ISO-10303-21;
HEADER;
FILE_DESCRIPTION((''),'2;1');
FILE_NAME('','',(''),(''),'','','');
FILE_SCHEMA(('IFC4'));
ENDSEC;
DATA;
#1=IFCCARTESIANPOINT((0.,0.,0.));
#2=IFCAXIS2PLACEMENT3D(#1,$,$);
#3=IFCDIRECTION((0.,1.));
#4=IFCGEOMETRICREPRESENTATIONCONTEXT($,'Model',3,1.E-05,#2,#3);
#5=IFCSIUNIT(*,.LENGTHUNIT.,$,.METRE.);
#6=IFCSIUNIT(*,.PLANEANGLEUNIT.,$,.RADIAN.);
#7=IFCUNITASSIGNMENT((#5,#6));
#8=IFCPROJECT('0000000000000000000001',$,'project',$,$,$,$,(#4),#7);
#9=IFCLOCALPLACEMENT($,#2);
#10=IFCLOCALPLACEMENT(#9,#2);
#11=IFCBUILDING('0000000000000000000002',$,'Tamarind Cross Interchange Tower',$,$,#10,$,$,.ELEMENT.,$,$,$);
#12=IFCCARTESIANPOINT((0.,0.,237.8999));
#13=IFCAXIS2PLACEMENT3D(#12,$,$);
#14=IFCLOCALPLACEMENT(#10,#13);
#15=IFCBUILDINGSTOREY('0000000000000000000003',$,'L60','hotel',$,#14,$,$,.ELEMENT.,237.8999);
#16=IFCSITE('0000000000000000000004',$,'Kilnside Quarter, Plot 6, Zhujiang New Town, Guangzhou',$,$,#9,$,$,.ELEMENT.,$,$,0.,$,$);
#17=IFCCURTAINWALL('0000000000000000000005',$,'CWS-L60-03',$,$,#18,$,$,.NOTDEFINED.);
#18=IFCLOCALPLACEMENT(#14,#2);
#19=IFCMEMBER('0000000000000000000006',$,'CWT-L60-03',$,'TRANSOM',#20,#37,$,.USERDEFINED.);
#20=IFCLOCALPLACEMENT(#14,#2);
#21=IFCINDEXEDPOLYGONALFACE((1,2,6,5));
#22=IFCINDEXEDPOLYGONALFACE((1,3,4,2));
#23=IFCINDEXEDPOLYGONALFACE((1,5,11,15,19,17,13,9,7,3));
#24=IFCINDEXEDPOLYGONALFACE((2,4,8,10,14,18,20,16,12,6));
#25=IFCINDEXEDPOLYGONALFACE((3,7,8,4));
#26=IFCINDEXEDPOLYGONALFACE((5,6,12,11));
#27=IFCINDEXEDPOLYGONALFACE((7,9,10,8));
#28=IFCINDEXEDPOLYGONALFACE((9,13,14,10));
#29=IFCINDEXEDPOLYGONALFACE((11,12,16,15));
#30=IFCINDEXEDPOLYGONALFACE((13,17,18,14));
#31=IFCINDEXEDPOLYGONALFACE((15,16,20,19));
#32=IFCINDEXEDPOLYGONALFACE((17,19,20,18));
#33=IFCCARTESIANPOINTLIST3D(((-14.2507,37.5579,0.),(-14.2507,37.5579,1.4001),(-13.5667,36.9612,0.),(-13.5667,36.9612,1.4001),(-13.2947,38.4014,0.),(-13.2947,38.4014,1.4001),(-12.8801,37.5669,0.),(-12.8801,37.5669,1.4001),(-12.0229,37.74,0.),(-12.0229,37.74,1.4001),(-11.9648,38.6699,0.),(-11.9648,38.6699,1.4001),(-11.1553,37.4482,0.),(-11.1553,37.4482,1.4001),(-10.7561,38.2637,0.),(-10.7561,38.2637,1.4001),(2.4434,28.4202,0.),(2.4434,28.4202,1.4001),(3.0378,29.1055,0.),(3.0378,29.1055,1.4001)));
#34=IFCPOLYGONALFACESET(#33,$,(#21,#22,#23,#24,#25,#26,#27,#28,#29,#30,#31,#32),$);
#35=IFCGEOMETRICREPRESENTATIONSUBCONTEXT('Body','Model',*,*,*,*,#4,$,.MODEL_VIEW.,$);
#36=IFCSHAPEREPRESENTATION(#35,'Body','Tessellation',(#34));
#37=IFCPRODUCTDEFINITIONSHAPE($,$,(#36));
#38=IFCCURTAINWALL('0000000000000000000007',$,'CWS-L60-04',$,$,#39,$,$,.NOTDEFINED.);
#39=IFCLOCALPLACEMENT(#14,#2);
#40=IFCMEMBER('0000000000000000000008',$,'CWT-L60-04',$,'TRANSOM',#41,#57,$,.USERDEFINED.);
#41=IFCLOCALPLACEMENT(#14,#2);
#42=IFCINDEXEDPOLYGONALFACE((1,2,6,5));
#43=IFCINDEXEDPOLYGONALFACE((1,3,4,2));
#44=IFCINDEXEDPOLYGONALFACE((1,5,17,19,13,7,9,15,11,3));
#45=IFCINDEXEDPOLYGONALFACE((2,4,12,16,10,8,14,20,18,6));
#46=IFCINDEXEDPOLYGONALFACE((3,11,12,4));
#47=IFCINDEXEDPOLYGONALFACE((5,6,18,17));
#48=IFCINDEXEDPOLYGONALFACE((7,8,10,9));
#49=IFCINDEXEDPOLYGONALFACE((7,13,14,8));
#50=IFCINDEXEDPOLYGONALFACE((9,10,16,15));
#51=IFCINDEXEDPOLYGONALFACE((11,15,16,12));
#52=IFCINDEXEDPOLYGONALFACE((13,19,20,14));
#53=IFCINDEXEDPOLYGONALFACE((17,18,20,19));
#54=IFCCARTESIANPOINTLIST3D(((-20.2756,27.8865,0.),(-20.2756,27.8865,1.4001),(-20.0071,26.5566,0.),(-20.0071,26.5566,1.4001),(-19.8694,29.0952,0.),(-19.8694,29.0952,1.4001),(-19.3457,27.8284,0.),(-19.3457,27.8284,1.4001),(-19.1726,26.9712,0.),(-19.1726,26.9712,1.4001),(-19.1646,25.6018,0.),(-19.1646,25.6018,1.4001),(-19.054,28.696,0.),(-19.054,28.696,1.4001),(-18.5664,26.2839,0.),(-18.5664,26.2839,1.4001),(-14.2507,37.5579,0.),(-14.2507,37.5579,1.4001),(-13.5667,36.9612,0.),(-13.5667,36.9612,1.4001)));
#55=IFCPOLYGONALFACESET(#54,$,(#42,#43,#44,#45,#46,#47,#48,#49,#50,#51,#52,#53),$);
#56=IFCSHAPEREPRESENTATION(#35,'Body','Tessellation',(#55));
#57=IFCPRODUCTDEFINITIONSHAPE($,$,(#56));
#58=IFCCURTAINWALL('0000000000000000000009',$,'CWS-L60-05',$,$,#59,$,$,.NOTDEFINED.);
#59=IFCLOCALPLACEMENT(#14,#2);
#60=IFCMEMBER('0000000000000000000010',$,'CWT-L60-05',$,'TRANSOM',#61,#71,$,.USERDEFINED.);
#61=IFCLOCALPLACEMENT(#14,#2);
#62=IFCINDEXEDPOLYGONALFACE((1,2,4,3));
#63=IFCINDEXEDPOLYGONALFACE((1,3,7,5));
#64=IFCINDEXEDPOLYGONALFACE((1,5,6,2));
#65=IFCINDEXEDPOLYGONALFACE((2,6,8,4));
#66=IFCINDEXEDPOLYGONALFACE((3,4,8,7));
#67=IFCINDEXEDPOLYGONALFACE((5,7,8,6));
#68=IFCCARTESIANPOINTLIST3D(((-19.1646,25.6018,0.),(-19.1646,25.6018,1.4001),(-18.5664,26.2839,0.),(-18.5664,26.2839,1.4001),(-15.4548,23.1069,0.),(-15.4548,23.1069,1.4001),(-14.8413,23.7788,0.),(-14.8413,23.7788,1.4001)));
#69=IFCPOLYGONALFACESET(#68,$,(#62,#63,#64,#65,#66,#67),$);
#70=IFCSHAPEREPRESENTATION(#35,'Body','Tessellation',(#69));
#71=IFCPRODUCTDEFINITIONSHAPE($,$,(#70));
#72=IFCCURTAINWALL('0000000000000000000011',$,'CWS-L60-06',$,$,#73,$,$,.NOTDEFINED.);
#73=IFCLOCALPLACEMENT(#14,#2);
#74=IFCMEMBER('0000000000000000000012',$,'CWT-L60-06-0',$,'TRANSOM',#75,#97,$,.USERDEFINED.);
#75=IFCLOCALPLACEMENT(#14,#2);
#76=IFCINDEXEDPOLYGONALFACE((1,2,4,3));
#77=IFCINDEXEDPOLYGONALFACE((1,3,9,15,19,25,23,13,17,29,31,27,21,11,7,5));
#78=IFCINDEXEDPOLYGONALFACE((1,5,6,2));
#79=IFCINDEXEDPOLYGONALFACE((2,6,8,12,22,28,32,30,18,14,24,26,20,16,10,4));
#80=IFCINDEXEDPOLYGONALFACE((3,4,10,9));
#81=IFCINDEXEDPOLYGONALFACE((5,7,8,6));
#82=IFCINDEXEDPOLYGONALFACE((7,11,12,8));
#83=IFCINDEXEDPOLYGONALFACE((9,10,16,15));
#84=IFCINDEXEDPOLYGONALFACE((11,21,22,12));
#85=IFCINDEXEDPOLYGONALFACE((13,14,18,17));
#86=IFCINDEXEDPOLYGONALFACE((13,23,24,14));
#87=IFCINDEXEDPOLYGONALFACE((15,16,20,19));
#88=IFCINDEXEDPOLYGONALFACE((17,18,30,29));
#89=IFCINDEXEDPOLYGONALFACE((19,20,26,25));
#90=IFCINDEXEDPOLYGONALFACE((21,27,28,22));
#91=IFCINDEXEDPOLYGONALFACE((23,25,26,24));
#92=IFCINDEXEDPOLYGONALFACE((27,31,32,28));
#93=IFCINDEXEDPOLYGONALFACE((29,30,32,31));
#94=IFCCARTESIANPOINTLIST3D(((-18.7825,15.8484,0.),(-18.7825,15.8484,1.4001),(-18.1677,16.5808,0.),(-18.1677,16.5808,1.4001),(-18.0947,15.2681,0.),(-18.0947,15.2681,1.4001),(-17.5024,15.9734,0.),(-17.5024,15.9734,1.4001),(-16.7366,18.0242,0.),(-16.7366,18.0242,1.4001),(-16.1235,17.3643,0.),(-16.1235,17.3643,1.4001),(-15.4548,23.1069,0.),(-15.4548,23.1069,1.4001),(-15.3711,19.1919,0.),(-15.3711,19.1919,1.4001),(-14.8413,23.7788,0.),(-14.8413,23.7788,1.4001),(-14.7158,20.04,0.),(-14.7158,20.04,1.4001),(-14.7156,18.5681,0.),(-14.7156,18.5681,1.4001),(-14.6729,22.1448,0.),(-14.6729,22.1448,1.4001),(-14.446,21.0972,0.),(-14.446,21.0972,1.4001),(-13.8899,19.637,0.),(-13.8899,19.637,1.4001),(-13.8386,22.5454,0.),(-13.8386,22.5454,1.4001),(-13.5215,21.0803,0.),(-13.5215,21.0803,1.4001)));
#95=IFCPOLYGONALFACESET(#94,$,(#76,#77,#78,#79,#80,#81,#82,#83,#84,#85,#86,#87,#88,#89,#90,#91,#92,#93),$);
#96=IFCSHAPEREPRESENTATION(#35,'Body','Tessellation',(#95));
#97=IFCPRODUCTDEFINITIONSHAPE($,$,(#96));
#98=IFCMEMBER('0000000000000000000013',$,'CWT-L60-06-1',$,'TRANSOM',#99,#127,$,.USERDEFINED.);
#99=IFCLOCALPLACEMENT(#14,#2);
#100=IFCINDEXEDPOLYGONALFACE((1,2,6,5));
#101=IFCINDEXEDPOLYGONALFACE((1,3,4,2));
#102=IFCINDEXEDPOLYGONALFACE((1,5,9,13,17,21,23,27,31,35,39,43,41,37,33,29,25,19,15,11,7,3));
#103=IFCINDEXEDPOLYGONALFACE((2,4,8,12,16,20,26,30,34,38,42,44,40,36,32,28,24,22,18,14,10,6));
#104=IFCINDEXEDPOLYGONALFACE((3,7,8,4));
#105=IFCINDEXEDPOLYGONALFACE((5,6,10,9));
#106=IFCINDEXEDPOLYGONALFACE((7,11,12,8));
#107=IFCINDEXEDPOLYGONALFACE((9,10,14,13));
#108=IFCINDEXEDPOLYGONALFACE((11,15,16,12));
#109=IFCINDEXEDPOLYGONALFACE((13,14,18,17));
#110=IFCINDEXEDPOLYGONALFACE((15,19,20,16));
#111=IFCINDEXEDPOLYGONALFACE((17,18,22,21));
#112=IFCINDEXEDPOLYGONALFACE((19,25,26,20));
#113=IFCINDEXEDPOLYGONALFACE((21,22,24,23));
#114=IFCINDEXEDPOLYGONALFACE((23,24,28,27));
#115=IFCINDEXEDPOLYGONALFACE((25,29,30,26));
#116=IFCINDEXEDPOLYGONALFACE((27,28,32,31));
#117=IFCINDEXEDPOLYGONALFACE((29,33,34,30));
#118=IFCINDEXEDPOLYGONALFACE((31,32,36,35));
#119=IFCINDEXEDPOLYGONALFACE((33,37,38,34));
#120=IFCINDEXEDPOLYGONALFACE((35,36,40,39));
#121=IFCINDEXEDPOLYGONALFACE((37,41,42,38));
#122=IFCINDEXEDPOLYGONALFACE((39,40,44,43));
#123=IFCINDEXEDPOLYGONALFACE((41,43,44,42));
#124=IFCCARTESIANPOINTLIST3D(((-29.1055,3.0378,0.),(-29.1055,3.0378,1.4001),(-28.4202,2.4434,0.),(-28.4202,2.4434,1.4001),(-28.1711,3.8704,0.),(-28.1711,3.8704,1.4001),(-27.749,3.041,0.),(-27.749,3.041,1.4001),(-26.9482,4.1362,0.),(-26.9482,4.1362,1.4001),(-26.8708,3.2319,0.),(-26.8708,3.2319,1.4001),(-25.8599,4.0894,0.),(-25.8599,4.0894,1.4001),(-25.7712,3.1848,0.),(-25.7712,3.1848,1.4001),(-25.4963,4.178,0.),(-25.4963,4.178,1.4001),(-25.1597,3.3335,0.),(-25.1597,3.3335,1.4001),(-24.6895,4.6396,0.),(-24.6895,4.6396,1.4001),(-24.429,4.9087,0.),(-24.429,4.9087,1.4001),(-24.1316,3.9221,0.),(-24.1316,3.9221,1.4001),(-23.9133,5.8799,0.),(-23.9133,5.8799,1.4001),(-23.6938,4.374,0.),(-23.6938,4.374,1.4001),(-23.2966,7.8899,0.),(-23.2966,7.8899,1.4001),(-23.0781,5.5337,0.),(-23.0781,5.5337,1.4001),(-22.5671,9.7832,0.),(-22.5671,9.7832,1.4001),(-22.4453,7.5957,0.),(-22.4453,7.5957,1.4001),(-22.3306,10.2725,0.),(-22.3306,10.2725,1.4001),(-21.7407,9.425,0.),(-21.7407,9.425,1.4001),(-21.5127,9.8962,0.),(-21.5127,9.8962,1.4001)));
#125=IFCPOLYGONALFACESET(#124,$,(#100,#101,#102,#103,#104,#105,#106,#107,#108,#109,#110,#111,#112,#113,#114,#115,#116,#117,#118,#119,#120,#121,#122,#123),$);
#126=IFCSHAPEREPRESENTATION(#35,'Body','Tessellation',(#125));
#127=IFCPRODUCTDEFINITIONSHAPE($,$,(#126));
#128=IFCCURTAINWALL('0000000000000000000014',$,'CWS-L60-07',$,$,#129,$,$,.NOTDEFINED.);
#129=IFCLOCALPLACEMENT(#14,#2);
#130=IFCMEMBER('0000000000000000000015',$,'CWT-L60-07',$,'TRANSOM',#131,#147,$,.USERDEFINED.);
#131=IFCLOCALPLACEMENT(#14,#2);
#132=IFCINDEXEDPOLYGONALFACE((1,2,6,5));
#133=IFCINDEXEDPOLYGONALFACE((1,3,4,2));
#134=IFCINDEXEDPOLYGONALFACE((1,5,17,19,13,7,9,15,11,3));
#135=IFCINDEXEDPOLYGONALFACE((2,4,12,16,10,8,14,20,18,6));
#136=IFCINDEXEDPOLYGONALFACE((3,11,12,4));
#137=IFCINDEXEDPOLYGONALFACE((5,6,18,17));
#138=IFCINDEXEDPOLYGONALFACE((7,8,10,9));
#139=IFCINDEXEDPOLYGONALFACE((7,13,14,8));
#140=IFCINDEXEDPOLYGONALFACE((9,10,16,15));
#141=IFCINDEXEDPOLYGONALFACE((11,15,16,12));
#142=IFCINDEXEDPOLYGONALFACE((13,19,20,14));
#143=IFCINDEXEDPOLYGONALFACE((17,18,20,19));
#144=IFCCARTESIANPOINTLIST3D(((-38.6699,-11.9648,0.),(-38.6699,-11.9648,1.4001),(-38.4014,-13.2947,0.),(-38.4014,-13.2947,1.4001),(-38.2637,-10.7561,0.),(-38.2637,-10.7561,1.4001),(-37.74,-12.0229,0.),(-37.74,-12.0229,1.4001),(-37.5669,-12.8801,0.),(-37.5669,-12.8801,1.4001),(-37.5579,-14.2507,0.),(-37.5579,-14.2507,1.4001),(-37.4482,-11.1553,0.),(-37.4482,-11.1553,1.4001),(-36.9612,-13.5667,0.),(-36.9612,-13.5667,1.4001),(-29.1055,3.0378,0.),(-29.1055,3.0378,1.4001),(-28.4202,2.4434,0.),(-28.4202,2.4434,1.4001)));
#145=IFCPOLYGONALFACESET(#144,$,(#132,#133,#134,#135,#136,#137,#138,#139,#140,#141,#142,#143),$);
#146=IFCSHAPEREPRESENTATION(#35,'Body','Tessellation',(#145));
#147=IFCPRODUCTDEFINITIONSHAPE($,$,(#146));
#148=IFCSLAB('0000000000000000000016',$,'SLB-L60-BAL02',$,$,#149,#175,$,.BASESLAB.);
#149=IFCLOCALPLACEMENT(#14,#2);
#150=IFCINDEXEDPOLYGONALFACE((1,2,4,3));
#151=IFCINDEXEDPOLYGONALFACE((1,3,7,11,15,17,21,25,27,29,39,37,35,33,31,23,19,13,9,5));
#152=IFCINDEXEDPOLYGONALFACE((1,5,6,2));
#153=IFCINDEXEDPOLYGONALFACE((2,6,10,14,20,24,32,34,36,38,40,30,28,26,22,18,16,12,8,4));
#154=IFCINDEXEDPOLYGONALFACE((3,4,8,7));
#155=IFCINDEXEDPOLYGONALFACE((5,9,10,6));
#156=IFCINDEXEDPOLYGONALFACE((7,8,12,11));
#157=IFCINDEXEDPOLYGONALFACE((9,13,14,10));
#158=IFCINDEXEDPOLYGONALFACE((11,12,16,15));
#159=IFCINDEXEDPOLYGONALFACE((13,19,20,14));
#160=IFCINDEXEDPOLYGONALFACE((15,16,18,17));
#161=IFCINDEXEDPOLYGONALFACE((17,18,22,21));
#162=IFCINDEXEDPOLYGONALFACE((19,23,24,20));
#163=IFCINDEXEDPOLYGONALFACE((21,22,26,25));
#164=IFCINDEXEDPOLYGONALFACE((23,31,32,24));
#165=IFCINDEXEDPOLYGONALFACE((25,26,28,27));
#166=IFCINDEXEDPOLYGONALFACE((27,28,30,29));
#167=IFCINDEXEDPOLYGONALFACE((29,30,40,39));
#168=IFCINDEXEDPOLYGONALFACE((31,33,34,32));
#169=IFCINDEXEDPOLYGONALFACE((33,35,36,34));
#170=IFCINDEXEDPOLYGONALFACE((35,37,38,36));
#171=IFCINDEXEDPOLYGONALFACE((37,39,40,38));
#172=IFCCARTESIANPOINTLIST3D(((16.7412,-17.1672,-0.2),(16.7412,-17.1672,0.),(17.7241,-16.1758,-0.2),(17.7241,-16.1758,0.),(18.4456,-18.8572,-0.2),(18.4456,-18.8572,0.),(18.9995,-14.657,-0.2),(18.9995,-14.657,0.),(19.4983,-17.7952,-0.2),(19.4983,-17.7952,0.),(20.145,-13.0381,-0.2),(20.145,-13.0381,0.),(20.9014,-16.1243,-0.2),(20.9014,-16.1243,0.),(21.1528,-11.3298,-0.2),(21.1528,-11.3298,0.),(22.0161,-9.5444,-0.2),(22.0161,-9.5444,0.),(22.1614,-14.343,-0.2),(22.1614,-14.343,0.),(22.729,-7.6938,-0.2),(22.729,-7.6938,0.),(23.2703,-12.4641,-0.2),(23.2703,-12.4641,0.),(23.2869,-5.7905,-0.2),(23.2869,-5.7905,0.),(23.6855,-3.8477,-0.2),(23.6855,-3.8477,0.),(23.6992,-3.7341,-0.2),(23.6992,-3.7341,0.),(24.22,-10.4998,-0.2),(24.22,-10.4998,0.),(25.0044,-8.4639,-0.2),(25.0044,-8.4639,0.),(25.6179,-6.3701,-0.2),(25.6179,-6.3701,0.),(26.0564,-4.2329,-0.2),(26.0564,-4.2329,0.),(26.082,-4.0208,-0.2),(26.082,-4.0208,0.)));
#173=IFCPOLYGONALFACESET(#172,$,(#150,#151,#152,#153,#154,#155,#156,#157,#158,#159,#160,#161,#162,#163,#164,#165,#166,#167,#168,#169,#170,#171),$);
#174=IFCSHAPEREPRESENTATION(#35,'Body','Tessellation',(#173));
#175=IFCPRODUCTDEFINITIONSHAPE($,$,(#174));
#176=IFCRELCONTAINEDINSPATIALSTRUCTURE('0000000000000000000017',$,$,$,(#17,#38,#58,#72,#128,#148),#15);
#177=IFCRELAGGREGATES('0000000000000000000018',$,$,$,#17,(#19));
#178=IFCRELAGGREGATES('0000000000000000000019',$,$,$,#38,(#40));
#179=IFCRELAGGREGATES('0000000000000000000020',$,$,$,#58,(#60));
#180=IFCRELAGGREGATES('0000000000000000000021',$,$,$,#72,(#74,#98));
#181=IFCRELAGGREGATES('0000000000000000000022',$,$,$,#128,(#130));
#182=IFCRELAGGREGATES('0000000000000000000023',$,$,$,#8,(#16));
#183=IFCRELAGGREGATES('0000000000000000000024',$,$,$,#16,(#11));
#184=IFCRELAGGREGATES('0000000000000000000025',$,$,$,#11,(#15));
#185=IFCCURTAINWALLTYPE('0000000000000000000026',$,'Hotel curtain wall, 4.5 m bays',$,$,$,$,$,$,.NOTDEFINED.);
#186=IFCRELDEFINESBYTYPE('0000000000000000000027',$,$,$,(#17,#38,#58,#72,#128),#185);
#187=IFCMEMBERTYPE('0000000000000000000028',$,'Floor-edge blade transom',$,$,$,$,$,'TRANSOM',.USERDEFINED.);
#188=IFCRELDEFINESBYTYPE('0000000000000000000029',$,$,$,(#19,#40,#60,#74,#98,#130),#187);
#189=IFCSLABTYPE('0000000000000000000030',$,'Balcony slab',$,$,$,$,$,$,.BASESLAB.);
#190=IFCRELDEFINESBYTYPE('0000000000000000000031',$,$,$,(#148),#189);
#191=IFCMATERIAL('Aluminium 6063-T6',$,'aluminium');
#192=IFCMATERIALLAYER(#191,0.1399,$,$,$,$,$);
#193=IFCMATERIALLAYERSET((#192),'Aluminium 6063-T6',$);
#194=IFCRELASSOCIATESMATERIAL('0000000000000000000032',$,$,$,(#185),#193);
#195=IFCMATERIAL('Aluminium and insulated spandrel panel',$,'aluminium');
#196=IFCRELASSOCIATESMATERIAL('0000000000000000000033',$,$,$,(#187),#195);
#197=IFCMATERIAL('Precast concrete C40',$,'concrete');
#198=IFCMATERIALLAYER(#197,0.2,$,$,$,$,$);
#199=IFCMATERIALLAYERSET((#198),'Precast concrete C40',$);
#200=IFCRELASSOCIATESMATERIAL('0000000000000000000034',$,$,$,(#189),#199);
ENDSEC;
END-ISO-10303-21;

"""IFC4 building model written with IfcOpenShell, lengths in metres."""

from ifc_helpers import new_model, si_unit, direction, frame, origin, place, context, subcontext, project, spatial, polyline, outline, extrude, material, layer, layer_set, type_object, element, aggregate, save


model = new_model("IFC4")

# Units and contexts
model_context = context("Model", 3, precision=1e-05, world=origin(), true_north=direction((0.0, 1.0)))
body_context = subcontext(model_context, "Body", "Model", "MODEL_VIEW")
ifc_project = project(units=[si_unit("LENGTHUNIT", "METRE"), si_unit("PLANEANGLEUNIT", "RADIAN")], contexts=[model_context])

# Site, building, storey
site_placement = place(None, origin())
site = spatial("IfcSite", under=ifc_project, at=site_placement, Name="Kilnside Quarter, Plot 6, Zhujiang New Town, Guangzhou", CompositionType="ELEMENT", RefElevation=0.0)
building_placement = place(site_placement, origin())
building = spatial("IfcBuilding", under=site, at=building_placement, Name="Tamarind Cross Interchange Tower", CompositionType="ELEMENT")
storey_placement = place(building_placement, frame((0.0, 0.0, 237.8999)))
storey = spatial("IfcBuildingStorey", under=building, at=storey_placement, Name="L60", Description="hotel", CompositionType="ELEMENT", Elevation=237.8999)

# Curtain walls, members
ifc_material_1 = material(Name="Aluminium 6063-T6", Category="aluminium")
ifc_layer_1 = layer(ifc_material_1, 0.1399)
ifc_layer_set_1 = layer_set([ifc_layer_1], Name="Aluminium 6063-T6")
curtain_wall_type = type_object("IfcCurtainWallType", Name="Hotel curtain wall, 4.5 m bays", PredefinedType="NOTDEFINED", material=ifc_layer_set_1)
curtain_wall_1_placement = place(storey_placement, origin())
curtain_wall_1 = element("IfcCurtainWall", 1, at=curtain_wall_1_placement, inside=storey, type_object=curtain_wall_type, Name="CWS-L60-03", PredefinedType="NOTDEFINED")
ifc_material_2 = material(Name="Aluminium and insulated spandrel panel", Category="aluminium")
member_type = type_object("IfcMemberType", Name="Floor-edge blade transom", ElementType="TRANSOM", PredefinedType="USERDEFINED", material=ifc_material_2)
member_1_placement = place(storey_placement, origin())
member_1 = element("IfcMember", 2, at=member_1_placement, type_object=member_type, Name="CWT-L60-03", ObjectType="TRANSOM", PredefinedType="USERDEFINED", context=body_context, shape_type="SweptSolid", body=[
    extrude(outline(polyline([(2.4434, 28.4202), (-11.1553, 37.4482), (-12.0229, 37.74), (-12.8801, 37.5669), (-13.5667, 36.9612), (-14.2507, 37.5579), (-13.2947, 38.4014), (-11.9648, 38.6699), (-10.7561, 38.2637), (3.0378, 29.1055), (2.4434, 28.4202)])), origin(), (0.0, 0.0, 1.0), 1.4001),
])
aggregate(curtain_wall_1, [member_1])
curtain_wall_2_placement = place(storey_placement, origin())
curtain_wall_2 = element("IfcCurtainWall", 3, at=curtain_wall_2_placement, inside=storey, type_object=curtain_wall_type, Name="CWS-L60-04", PredefinedType="NOTDEFINED")
member_2_placement = place(storey_placement, origin())
member_2 = element("IfcMember", 4, at=member_2_placement, type_object=member_type, Name="CWT-L60-04", ObjectType="TRANSOM", PredefinedType="USERDEFINED", context=body_context, shape_type="SweptSolid", body=[
    extrude(outline(polyline([(-13.5667, 36.9612), (-19.054, 28.696), (-19.3457, 27.8284), (-19.1726, 26.9712), (-18.5664, 26.2839), (-19.1646, 25.6018), (-20.0071, 26.5566), (-20.2756, 27.8865), (-19.8694, 29.0952), (-14.2507, 37.5579), (-13.5667, 36.9612)])), origin(), (0.0, 0.0, 1.0), 1.4001),
])
aggregate(curtain_wall_2, [member_2])
curtain_wall_3_placement = place(storey_placement, origin())
curtain_wall_3 = element("IfcCurtainWall", 5, at=curtain_wall_3_placement, inside=storey, type_object=curtain_wall_type, Name="CWS-L60-05", PredefinedType="NOTDEFINED")
member_3_placement = place(storey_placement, origin())
member_3 = element("IfcMember", 6, at=member_3_placement, type_object=member_type, Name="CWT-L60-05", ObjectType="TRANSOM", PredefinedType="USERDEFINED", context=body_context, shape_type="SweptSolid", body=[
    extrude(outline(polyline([(-18.5664, 26.2839), (-14.8413, 23.7788), (-15.4548, 23.1069), (-19.1646, 25.6018), (-18.5664, 26.2839)])), origin(), (0.0, 0.0, 1.0), 1.4001),
])
aggregate(curtain_wall_3, [member_3])

# Curtain wall, members
curtain_wall_4_placement = place(storey_placement, origin())
curtain_wall_4 = element("IfcCurtainWall", 7, at=curtain_wall_4_placement, inside=storey, type_object=curtain_wall_type, Name="CWS-L60-06", PredefinedType="NOTDEFINED")
member_4_placement = place(storey_placement, origin())
member_4 = element("IfcMember", 8, at=member_4_placement, type_object=member_type, Name="CWT-L60-06-0", ObjectType="TRANSOM", PredefinedType="USERDEFINED", context=body_context, shape_type="SweptSolid", body=[
    extrude(outline(polyline([(-14.8413, 23.7788), (-13.8386, 22.5454), (-13.5215, 21.0803), (-13.8899, 19.637), (-14.7156, 18.5681), (-16.1235, 17.3643), (-17.5024, 15.9734), (-18.0947, 15.2681), (-18.7825, 15.8484), (-18.1677, 16.5808), (-16.7366, 18.0242), (-15.3711, 19.1919), (-14.7158, 20.04), (-14.446, 21.0972), (-14.6729, 22.1448), (-15.4548, 23.1069), (-14.8413, 23.7788)])), origin(), (0.0, 0.0, 1.0), 1.4001),
])
member_5_placement = place(storey_placement, origin())
member_5 = element("IfcMember", 9, at=member_5_placement, type_object=member_type, Name="CWT-L60-06-1", ObjectType="TRANSOM", PredefinedType="USERDEFINED", context=body_context, shape_type="SweptSolid", body=[
    extrude(outline(polyline([(-21.5127, 9.8962), (-21.7407, 9.425), (-22.4453, 7.5957), (-23.0781, 5.5337), (-23.6938, 4.374), (-24.1316, 3.9221), (-25.1597, 3.3335), (-25.7712, 3.1848), (-26.8708, 3.2319), (-27.749, 3.041), (-28.4202, 2.4434), (-29.1055, 3.0378), (-28.1711, 3.8704), (-26.9482, 4.1362), (-25.8599, 4.0894), (-25.4963, 4.178), (-24.6895, 4.6396), (-24.429, 4.9087), (-23.9133, 5.8799), (-23.2966, 7.8899), (-22.5671, 9.7832), (-22.3306, 10.2725), (-21.5127, 9.8962)])), origin(), (0.0, 0.0, 1.0), 1.4001),
])
aggregate(curtain_wall_4, [member_4, member_5])

# Curtain wall, member
curtain_wall_5_placement = place(storey_placement, origin())
curtain_wall_5 = element("IfcCurtainWall", 10, at=curtain_wall_5_placement, inside=storey, type_object=curtain_wall_type, Name="CWS-L60-07", PredefinedType="NOTDEFINED")
member_6_placement = place(storey_placement, origin())
member_6 = element("IfcMember", 11, at=member_6_placement, type_object=member_type, Name="CWT-L60-07", ObjectType="TRANSOM", PredefinedType="USERDEFINED", context=body_context, shape_type="SweptSolid", body=[
    extrude(outline(polyline([(-28.4202, 2.4434), (-37.4482, -11.1553), (-37.74, -12.0229), (-37.5669, -12.8801), (-36.9612, -13.5667), (-37.5579, -14.2507), (-38.4014, -13.2947), (-38.6699, -11.9648), (-38.2637, -10.7561), (-29.1055, 3.0378), (-28.4202, 2.4434)])), origin(), (0.0, 0.0, 1.0), 1.4001),
])
aggregate(curtain_wall_5, [member_6])

# Slab
ifc_material_3 = material(Name="Precast concrete C40", Category="concrete")
ifc_layer_2 = layer(ifc_material_3, 0.2)
ifc_layer_set_2 = layer_set([ifc_layer_2], Name="Precast concrete C40")
slab_type = type_object("IfcSlabType", Name="Balcony slab", PredefinedType="BASESLAB", material=ifc_layer_set_2)
slab_1_placement = place(storey_placement, frame((0.0, 0.0, -0.2)))
element("IfcSlab", 12, at=slab_1_placement, inside=storey, type_object=slab_type, Name="SLB-L60-BAL02", PredefinedType="BASESLAB", context=body_context, shape_type="SweptSolid", body=[
    extrude(outline(polyline([(16.7412, -17.1672), (17.7241, -16.1758), (18.9995, -14.657), (20.145, -13.0381), (21.1528, -11.3298), (22.0161, -9.5444), (22.729, -7.6938), (23.2869, -5.7905), (23.6855, -3.8477), (23.6992, -3.7341), (26.082, -4.0208), (26.0564, -4.2329), (25.6179, -6.3701), (25.0044, -8.4639), (24.22, -10.4998), (23.2703, -12.4641), (22.1614, -14.343), (20.9014, -16.1243), (19.4983, -17.7952), (18.4456, -18.8572), (16.7412, -17.1672)])), origin(), (0.0, 0.0, 1.0), 0.2),
])

save(model, "model.ifc")
